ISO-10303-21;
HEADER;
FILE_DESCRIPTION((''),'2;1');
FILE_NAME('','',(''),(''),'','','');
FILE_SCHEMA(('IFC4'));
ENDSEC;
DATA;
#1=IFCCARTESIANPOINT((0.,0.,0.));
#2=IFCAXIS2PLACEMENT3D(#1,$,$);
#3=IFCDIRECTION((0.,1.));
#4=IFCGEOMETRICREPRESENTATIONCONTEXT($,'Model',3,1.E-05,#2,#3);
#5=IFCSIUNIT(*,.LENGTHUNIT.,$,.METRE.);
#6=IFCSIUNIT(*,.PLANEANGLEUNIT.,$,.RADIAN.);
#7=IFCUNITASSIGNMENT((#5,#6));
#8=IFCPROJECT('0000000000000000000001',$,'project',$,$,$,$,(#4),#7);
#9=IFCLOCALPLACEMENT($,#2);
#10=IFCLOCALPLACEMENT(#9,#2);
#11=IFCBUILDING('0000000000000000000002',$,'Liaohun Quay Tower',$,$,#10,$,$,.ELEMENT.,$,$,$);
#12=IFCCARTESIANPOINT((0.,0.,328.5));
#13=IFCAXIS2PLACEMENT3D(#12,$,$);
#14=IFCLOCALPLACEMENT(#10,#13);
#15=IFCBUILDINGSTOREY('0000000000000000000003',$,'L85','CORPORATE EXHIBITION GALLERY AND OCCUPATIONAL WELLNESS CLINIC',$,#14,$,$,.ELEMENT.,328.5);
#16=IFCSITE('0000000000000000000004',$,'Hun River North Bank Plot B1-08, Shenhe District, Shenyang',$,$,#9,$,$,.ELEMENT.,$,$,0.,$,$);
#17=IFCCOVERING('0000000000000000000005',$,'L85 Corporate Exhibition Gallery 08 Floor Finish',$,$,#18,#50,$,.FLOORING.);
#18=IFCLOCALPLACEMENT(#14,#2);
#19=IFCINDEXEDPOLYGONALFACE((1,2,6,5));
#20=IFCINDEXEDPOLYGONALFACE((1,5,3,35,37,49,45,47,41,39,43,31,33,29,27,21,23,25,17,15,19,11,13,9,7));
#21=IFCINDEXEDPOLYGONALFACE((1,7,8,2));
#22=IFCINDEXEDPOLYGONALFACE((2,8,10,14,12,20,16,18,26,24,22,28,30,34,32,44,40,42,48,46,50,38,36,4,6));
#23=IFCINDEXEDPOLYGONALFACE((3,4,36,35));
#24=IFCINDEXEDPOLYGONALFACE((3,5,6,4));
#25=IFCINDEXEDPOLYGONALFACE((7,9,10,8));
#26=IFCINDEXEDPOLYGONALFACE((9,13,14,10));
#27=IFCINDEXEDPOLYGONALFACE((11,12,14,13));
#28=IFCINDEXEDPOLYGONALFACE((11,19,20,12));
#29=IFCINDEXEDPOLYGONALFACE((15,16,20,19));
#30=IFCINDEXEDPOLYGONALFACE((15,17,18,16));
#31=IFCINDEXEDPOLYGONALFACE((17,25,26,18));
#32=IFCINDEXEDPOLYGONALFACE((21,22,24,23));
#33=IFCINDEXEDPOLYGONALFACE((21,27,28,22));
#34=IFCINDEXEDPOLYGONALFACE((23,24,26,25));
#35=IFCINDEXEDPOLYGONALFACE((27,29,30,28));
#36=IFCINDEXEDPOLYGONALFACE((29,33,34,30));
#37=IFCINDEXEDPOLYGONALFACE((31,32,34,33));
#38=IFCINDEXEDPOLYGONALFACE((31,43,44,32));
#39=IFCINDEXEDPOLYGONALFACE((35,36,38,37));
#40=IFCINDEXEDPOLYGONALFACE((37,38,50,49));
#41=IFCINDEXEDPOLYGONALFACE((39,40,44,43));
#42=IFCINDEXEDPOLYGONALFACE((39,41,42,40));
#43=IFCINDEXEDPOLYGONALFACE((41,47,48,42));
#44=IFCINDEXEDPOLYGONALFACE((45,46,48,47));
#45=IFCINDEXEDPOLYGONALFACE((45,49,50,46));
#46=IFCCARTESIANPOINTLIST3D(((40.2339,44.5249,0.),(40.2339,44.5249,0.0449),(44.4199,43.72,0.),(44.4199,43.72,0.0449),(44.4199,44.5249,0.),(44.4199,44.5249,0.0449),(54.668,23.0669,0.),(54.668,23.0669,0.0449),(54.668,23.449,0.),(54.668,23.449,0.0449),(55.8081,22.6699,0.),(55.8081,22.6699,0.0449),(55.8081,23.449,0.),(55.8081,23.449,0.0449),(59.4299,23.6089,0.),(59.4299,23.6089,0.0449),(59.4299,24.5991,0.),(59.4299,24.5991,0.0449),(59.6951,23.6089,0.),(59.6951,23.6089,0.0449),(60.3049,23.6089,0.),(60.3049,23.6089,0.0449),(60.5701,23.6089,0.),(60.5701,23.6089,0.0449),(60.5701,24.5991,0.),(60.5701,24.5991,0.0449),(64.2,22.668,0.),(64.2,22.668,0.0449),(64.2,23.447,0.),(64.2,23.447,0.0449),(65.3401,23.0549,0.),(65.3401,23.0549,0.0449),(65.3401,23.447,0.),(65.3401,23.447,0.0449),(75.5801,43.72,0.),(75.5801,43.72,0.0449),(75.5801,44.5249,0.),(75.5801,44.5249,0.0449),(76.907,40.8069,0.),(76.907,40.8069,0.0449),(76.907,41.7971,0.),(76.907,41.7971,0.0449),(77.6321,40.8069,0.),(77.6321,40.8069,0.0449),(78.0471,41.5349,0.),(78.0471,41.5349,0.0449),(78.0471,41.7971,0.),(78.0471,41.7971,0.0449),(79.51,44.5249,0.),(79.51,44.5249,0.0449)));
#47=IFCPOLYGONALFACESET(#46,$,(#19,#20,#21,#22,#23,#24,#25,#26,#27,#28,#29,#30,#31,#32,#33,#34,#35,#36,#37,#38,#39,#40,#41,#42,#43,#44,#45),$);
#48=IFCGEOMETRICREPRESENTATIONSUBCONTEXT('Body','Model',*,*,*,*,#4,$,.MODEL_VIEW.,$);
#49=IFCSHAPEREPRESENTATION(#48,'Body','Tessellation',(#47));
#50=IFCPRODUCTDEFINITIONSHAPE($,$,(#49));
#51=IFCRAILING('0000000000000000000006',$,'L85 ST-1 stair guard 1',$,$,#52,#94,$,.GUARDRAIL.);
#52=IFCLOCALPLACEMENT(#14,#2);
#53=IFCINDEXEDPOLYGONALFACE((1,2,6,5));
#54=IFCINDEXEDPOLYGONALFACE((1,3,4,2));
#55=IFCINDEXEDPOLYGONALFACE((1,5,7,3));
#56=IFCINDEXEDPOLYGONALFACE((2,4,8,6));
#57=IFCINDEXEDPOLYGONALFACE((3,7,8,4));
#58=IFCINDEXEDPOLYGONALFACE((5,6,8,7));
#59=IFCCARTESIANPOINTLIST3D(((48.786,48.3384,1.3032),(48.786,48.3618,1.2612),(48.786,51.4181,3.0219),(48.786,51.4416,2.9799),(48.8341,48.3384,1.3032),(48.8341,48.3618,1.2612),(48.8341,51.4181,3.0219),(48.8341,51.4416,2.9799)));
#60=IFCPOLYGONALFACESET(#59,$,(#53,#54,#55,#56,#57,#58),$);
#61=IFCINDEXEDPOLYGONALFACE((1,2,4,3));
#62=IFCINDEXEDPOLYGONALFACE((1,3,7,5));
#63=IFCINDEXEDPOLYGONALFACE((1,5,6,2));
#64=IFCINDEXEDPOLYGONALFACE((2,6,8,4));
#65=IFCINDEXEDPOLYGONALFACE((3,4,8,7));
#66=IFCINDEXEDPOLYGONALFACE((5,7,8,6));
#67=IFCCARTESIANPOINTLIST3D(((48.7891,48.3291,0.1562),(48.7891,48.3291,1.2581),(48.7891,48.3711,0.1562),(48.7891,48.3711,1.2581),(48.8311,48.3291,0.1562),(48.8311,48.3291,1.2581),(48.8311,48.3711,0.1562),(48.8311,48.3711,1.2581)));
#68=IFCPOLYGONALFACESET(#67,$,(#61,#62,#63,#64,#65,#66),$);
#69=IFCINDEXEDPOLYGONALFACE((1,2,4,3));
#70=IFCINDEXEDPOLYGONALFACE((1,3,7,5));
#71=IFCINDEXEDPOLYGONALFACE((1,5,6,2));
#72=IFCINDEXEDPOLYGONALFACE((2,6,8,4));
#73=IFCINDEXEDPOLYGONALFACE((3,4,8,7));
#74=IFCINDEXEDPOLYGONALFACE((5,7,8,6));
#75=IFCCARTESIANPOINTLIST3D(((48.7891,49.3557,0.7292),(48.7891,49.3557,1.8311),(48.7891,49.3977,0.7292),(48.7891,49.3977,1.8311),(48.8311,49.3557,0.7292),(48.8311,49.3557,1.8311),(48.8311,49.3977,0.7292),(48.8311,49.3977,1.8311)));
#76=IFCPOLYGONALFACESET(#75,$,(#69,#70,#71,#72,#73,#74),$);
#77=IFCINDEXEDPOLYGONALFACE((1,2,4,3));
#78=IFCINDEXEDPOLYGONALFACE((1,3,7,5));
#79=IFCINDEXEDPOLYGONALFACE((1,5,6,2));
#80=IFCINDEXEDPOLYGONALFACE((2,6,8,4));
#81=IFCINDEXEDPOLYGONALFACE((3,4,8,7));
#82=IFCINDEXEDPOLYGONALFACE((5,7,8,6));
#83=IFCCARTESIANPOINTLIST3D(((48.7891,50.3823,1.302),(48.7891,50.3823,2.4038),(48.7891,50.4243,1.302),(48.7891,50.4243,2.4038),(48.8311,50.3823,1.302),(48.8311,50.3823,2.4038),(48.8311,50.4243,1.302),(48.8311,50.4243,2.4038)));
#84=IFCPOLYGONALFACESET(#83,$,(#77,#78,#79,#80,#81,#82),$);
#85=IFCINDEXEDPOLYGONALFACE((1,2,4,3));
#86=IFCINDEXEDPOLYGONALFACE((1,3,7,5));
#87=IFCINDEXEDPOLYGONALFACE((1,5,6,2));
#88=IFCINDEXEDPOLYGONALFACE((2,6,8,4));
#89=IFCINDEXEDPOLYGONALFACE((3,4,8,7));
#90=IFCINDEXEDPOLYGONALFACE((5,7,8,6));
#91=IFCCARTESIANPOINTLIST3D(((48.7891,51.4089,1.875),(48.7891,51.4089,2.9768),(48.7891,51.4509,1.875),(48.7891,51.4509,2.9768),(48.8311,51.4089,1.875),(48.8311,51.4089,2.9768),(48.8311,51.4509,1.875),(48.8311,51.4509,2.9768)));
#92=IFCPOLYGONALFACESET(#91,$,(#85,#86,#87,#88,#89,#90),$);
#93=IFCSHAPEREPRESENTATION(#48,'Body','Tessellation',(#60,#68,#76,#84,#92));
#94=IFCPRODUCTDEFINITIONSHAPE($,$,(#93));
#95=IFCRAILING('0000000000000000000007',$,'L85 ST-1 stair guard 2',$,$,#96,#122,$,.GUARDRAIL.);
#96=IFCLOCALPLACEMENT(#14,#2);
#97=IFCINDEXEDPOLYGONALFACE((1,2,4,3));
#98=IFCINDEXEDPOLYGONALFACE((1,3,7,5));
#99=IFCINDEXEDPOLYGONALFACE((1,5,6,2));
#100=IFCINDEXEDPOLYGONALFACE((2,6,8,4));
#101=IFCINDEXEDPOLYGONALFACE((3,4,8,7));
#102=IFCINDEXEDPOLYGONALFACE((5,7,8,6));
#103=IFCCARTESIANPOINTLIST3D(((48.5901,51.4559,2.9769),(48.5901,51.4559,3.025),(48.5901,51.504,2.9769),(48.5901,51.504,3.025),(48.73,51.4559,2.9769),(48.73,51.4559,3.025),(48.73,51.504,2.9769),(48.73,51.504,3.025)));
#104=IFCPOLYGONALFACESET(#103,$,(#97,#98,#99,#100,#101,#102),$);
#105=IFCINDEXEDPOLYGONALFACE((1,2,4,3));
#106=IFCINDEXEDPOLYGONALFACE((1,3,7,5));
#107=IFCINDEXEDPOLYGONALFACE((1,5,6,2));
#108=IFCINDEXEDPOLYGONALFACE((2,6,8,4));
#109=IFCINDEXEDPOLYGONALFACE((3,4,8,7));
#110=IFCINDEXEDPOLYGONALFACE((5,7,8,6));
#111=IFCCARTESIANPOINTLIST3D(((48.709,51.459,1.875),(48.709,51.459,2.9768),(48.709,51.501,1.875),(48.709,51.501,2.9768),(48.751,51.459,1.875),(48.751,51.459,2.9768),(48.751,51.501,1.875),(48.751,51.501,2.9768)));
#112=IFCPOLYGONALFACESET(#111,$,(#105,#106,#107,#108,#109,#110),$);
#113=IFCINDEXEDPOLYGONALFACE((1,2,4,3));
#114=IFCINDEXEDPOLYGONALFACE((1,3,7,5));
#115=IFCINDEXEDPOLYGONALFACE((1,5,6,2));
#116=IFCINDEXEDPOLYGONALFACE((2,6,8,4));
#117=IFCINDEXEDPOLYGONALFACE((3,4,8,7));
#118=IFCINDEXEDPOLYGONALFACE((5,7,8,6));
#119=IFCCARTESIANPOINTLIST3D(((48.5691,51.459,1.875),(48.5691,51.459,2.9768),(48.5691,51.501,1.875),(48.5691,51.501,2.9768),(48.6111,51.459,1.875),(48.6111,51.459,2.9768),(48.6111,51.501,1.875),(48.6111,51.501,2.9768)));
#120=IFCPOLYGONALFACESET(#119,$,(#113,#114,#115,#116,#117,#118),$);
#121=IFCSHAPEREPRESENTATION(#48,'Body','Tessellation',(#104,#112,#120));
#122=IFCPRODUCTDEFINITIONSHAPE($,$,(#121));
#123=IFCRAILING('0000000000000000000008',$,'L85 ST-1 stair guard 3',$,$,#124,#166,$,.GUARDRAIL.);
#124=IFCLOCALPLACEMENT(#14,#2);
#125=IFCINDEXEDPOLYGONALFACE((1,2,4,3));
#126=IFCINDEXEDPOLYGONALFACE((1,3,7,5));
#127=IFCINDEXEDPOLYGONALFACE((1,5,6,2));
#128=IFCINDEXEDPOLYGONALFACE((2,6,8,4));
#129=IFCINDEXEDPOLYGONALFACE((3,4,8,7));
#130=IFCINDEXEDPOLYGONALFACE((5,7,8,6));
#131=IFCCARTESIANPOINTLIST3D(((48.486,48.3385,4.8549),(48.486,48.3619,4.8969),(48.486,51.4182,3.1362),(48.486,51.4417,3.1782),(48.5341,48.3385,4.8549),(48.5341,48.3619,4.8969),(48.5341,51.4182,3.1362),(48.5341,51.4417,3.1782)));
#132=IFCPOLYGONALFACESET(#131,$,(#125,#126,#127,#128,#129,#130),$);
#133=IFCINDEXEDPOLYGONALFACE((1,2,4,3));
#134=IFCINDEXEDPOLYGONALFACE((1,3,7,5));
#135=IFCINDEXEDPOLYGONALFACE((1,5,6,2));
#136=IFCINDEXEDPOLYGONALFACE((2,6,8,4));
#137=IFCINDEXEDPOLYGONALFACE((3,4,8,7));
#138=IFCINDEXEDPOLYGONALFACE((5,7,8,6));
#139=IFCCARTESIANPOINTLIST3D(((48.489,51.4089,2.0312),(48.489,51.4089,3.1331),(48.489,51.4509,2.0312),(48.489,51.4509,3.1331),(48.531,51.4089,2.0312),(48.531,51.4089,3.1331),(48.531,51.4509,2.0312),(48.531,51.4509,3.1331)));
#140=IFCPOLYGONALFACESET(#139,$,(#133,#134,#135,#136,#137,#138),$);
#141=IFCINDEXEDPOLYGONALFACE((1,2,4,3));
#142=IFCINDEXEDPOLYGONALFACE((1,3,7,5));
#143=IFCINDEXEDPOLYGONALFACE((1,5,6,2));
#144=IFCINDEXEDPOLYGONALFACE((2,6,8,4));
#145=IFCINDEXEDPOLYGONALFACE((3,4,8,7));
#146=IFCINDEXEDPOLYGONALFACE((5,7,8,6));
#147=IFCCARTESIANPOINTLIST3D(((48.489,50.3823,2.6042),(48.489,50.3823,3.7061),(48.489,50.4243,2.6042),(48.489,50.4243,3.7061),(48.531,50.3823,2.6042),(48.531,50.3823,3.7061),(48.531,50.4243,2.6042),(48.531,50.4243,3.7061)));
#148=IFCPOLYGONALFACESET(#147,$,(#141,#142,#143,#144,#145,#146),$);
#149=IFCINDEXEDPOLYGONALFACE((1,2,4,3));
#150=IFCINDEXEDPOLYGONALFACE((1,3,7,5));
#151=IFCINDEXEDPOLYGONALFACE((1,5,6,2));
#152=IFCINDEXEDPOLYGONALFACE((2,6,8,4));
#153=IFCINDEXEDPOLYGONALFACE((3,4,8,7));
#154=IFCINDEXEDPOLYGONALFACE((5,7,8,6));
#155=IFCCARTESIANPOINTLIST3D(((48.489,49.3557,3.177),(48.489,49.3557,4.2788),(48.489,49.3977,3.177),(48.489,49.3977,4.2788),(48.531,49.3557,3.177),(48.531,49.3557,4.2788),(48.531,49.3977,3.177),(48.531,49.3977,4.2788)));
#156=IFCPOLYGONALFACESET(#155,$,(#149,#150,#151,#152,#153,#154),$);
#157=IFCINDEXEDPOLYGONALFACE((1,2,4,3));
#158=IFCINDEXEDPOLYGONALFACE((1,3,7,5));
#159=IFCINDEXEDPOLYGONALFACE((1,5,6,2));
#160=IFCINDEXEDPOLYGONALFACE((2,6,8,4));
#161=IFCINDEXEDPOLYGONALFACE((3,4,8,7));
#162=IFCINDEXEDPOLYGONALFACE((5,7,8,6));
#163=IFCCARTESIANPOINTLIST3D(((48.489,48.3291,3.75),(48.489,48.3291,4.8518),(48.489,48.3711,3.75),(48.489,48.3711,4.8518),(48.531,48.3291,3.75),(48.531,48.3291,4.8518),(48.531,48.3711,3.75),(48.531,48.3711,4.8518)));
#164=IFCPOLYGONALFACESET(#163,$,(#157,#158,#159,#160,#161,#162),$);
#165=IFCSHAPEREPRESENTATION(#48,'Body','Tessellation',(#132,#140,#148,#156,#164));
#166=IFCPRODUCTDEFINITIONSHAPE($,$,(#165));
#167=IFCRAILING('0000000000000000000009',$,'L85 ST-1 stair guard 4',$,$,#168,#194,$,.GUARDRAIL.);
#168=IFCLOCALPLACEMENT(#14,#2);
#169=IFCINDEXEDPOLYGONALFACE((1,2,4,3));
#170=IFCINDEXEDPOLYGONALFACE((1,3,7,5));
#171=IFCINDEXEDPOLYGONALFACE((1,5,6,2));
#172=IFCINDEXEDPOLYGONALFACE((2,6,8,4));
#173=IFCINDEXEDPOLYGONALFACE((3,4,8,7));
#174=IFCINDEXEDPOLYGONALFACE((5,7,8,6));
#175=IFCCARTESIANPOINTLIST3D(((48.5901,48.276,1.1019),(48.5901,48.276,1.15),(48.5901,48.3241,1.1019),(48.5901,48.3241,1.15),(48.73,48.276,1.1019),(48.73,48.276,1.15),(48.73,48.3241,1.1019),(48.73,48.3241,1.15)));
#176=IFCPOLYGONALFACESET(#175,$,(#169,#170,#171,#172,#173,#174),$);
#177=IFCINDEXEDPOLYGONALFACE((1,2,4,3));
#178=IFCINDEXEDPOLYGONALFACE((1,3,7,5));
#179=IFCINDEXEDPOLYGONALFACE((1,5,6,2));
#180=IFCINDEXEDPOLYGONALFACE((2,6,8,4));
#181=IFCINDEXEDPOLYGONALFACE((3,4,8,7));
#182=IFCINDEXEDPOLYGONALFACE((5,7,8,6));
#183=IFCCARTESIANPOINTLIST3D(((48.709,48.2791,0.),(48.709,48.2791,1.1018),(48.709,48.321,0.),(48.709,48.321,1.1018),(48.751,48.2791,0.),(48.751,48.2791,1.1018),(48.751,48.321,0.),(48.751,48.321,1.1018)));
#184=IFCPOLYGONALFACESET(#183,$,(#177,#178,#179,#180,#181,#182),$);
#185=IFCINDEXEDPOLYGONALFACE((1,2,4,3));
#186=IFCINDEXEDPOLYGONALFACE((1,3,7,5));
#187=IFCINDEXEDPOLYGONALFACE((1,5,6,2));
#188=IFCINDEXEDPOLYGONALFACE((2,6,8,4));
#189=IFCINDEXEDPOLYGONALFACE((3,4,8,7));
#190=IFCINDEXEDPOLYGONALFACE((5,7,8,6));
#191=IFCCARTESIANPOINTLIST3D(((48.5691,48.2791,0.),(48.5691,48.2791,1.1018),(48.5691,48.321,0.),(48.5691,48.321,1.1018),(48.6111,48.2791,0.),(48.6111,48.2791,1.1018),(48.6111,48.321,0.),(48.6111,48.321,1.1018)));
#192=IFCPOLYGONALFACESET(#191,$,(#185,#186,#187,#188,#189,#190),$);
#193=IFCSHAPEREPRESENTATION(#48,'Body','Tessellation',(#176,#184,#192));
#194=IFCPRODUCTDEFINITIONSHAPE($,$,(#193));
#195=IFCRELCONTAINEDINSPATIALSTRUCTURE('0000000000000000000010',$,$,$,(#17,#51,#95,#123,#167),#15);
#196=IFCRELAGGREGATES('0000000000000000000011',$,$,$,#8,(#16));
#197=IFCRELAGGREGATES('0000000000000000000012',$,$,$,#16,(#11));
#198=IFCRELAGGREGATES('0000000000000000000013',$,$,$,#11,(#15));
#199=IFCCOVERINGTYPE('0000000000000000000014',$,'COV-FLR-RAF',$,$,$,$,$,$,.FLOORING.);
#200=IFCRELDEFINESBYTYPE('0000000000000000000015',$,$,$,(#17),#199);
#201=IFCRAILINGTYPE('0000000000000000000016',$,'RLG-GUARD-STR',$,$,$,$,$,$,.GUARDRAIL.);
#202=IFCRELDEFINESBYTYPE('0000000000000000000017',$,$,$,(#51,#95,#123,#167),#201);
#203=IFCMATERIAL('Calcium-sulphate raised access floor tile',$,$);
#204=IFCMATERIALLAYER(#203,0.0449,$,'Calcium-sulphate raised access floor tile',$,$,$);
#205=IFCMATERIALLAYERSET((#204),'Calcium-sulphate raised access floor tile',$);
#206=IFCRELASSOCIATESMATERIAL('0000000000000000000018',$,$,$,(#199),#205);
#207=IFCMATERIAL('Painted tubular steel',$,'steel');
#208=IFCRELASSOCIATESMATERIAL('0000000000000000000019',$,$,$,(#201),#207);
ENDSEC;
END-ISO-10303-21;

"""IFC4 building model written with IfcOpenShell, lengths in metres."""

from ifc_helpers import new_model, si_unit, direction, frame, origin, origin_2d, place, context, subcontext, project, spatial, polyline, rectangle, outline, extrude, material, layer, layer_set, type_object, element, save


model = new_model("IFC4")

# Units and contexts
model_context = context("Model", 3, precision=1e-05, world=origin(), true_north=direction((0.0, 1.0)))
body_context = subcontext(model_context, "Body", "Model", "MODEL_VIEW")
ifc_project = project(units=[si_unit("LENGTHUNIT", "METRE"), si_unit("PLANEANGLEUNIT", "RADIAN")], contexts=[model_context])

# Site, building, storey
site_placement = place(None, origin())
site = spatial("IfcSite", under=ifc_project, at=site_placement, Name="Hun River North Bank Plot B1-08, Shenhe District, Shenyang", CompositionType="ELEMENT", RefElevation=0.0)
building_placement = place(site_placement, origin())
building = spatial("IfcBuilding", under=site, at=building_placement, Name="Liaohun Quay Tower", CompositionType="ELEMENT")
storey_placement = place(building_placement, frame((0.0, 0.0, 328.5)))
storey = spatial("IfcBuildingStorey", under=building, at=storey_placement, Name="L85", Description="CORPORATE EXHIBITION GALLERY AND OCCUPATIONAL WELLNESS CLINIC", CompositionType="ELEMENT", Elevation=328.5)

# Covering
ifc_material_1 = material(Name="Calcium-sulphate raised access floor tile")
ifc_layer_1 = layer(ifc_material_1, 0.0449, Name="Calcium-sulphate raised access floor tile")
ifc_layer_set_1 = layer_set([ifc_layer_1], Name="Calcium-sulphate raised access floor tile")
covering_type_1 = type_object("IfcCoveringType", Name="COV-FLR-RAF", PredefinedType="FLOORING", material=ifc_layer_set_1)
covering_1_placement = place(storey_placement, origin())
element("IfcCovering", 1, at=covering_1_placement, inside=storey, type_object=covering_type_1, Name="L85 Corporate Exhibition Gallery 08 Floor Finish", PredefinedType="FLOORING", context=body_context, shape_type="SweptSolid", body=[
    extrude(outline(polyline([(44.4199, 43.72), (44.4199, 44.5249), (40.2339, 44.5249), (54.668, 23.0669), (54.668, 23.449), (55.8081, 23.449), (55.8081, 22.6699), (59.6951, 23.6089), (59.4299, 23.6089), (59.4299, 24.5991), (60.5701, 24.5991), (60.5701, 23.6089), (60.3049, 23.6089), (64.2, 22.668), (64.2, 23.447), (65.3401, 23.447), (65.3401, 23.0549), (77.6321, 40.8069), (76.907, 40.8069), (76.907, 41.7971), (78.0471, 41.7971), (78.0471, 41.5349), (79.51, 44.5249), (75.5801, 44.5249), (75.5801, 43.72), (44.4199, 43.72)])), origin(), (0.0, 0.0, 1.0), 0.0449),
])

# Railings
ifc_material_2 = material(Name="Painted tubular steel", Category="steel")
railing_type_1 = type_object("IfcRailingType", Name="RLG-GUARD-STR", PredefinedType="GUARDRAIL", material=ifc_material_2)
railing_1_placement = place(storey_placement, frame((48.8101, 48.3501, 0.1562)))
element("IfcRailing", 2, at=railing_1_placement, inside=storey, type_object=railing_type_1, Name="L85 ST-1 stair guard 1", PredefinedType="GUARDRAIL", context=body_context, shape_type="SweptSolid", body=[
    extrude(rectangle(XDim=0.0481, YDim=0.0481, at=origin_2d()), frame((0.0, 0.0, 1.126), z_axis=(0.0, 0.873225, 0.487317), x_axis=(-1.0, 0.0, 0.0)), (0.0, 0.0, 1.0), 3.5269),
    extrude(rectangle(XDim=0.042, YDim=0.042, at=origin_2d()), origin(), (0.0, 0.0, 1.0), 1.1018),
    extrude(rectangle(XDim=0.042, YDim=0.042, at=origin_2d()), frame((0.0, 1.0266, 0.573)), (0.0, 0.0, 1.0), 1.1018),
    extrude(rectangle(XDim=0.042, YDim=0.042, at=origin_2d()), frame((0.0, 2.0532, 1.1458)), (0.0, 0.0, 1.0), 1.1018),
    extrude(rectangle(XDim=0.042, YDim=0.042, at=origin_2d()), frame((0.0, 3.0798, 1.7188)), (0.0, 0.0, 1.0), 1.1018),
])
railing_2_placement = place(storey_placement, frame((48.73, 51.48, 1.875)))
element("IfcRailing", 3, at=railing_2_placement, inside=storey, type_object=railing_type_1, Name="L85 ST-1 stair guard 2", PredefinedType="GUARDRAIL", context=body_context, shape_type="SweptSolid", body=[
    extrude(rectangle(XDim=0.0481, YDim=0.0481, at=origin_2d()), frame((0.0, 0.0, 1.126), z_axis=(-1.0, 0.0, 0.0), x_axis=(0.0, -1.0, 0.0)), (0.0, 0.0, 1.0), 0.1399),
    extrude(rectangle(XDim=0.042, YDim=0.042, at=origin_2d()), origin(), (0.0, 0.0, 1.0), 1.1018),
    extrude(rectangle(XDim=0.042, YDim=0.042, at=origin_2d()), frame((-0.1399, 0.0, 0.0)), (0.0, 0.0, 1.0), 1.1018),
])
railing_3_placement = place(storey_placement, frame((48.51, 51.4299, 2.0312)))
element("IfcRailing", 4, at=railing_3_placement, inside=storey, type_object=railing_type_1, Name="L85 ST-1 stair guard 3", PredefinedType="GUARDRAIL", context=body_context, shape_type="SweptSolid", body=[
    extrude(rectangle(XDim=0.0481, YDim=0.0481, at=origin_2d()), frame((0.0, 0.0, 1.126), z_axis=(0.0, -0.873225, 0.487317), x_axis=(1.0, 0.0, 0.0)), (0.0, 0.0, 1.0), 3.5269),
    extrude(rectangle(XDim=0.042, YDim=0.042, at=origin_2d()), origin(), (0.0, 0.0, 1.0), 1.1018),
    extrude(rectangle(XDim=0.042, YDim=0.042, at=origin_2d()), frame((0.0, -1.0266, 0.573)), (0.0, 0.0, 1.0), 1.1018),
    extrude(rectangle(XDim=0.042, YDim=0.042, at=origin_2d()), frame((0.0, -2.0532, 1.1458)), (0.0, 0.0, 1.0), 1.1018),
    extrude(rectangle(XDim=0.042, YDim=0.042, at=origin_2d()), frame((0.0, -3.0798, 1.7188)), (0.0, 0.0, 1.0), 1.1018),
])
railing_4_placement = place(storey_placement, frame((48.73, 48.3, 0.0)))
element("IfcRailing", 5, at=railing_4_placement, inside=storey, type_object=railing_type_1, Name="L85 ST-1 stair guard 4", PredefinedType="GUARDRAIL", context=body_context, shape_type="SweptSolid", body=[
    extrude(rectangle(XDim=0.0481, YDim=0.0481, at=origin_2d()), frame((0.0, 0.0, 1.126), z_axis=(-1.0, 0.0, 0.0), x_axis=(0.0, -1.0, 0.0)), (0.0, 0.0, 1.0), 0.1399),
    extrude(rectangle(XDim=0.042, YDim=0.042, at=origin_2d()), origin(), (0.0, 0.0, 1.0), 1.1018),
    extrude(rectangle(XDim=0.042, YDim=0.042, at=origin_2d()), frame((-0.1399, 0.0, 0.0)), (0.0, 0.0, 1.0), 1.1018),
])

save(model, "model.ifc")
